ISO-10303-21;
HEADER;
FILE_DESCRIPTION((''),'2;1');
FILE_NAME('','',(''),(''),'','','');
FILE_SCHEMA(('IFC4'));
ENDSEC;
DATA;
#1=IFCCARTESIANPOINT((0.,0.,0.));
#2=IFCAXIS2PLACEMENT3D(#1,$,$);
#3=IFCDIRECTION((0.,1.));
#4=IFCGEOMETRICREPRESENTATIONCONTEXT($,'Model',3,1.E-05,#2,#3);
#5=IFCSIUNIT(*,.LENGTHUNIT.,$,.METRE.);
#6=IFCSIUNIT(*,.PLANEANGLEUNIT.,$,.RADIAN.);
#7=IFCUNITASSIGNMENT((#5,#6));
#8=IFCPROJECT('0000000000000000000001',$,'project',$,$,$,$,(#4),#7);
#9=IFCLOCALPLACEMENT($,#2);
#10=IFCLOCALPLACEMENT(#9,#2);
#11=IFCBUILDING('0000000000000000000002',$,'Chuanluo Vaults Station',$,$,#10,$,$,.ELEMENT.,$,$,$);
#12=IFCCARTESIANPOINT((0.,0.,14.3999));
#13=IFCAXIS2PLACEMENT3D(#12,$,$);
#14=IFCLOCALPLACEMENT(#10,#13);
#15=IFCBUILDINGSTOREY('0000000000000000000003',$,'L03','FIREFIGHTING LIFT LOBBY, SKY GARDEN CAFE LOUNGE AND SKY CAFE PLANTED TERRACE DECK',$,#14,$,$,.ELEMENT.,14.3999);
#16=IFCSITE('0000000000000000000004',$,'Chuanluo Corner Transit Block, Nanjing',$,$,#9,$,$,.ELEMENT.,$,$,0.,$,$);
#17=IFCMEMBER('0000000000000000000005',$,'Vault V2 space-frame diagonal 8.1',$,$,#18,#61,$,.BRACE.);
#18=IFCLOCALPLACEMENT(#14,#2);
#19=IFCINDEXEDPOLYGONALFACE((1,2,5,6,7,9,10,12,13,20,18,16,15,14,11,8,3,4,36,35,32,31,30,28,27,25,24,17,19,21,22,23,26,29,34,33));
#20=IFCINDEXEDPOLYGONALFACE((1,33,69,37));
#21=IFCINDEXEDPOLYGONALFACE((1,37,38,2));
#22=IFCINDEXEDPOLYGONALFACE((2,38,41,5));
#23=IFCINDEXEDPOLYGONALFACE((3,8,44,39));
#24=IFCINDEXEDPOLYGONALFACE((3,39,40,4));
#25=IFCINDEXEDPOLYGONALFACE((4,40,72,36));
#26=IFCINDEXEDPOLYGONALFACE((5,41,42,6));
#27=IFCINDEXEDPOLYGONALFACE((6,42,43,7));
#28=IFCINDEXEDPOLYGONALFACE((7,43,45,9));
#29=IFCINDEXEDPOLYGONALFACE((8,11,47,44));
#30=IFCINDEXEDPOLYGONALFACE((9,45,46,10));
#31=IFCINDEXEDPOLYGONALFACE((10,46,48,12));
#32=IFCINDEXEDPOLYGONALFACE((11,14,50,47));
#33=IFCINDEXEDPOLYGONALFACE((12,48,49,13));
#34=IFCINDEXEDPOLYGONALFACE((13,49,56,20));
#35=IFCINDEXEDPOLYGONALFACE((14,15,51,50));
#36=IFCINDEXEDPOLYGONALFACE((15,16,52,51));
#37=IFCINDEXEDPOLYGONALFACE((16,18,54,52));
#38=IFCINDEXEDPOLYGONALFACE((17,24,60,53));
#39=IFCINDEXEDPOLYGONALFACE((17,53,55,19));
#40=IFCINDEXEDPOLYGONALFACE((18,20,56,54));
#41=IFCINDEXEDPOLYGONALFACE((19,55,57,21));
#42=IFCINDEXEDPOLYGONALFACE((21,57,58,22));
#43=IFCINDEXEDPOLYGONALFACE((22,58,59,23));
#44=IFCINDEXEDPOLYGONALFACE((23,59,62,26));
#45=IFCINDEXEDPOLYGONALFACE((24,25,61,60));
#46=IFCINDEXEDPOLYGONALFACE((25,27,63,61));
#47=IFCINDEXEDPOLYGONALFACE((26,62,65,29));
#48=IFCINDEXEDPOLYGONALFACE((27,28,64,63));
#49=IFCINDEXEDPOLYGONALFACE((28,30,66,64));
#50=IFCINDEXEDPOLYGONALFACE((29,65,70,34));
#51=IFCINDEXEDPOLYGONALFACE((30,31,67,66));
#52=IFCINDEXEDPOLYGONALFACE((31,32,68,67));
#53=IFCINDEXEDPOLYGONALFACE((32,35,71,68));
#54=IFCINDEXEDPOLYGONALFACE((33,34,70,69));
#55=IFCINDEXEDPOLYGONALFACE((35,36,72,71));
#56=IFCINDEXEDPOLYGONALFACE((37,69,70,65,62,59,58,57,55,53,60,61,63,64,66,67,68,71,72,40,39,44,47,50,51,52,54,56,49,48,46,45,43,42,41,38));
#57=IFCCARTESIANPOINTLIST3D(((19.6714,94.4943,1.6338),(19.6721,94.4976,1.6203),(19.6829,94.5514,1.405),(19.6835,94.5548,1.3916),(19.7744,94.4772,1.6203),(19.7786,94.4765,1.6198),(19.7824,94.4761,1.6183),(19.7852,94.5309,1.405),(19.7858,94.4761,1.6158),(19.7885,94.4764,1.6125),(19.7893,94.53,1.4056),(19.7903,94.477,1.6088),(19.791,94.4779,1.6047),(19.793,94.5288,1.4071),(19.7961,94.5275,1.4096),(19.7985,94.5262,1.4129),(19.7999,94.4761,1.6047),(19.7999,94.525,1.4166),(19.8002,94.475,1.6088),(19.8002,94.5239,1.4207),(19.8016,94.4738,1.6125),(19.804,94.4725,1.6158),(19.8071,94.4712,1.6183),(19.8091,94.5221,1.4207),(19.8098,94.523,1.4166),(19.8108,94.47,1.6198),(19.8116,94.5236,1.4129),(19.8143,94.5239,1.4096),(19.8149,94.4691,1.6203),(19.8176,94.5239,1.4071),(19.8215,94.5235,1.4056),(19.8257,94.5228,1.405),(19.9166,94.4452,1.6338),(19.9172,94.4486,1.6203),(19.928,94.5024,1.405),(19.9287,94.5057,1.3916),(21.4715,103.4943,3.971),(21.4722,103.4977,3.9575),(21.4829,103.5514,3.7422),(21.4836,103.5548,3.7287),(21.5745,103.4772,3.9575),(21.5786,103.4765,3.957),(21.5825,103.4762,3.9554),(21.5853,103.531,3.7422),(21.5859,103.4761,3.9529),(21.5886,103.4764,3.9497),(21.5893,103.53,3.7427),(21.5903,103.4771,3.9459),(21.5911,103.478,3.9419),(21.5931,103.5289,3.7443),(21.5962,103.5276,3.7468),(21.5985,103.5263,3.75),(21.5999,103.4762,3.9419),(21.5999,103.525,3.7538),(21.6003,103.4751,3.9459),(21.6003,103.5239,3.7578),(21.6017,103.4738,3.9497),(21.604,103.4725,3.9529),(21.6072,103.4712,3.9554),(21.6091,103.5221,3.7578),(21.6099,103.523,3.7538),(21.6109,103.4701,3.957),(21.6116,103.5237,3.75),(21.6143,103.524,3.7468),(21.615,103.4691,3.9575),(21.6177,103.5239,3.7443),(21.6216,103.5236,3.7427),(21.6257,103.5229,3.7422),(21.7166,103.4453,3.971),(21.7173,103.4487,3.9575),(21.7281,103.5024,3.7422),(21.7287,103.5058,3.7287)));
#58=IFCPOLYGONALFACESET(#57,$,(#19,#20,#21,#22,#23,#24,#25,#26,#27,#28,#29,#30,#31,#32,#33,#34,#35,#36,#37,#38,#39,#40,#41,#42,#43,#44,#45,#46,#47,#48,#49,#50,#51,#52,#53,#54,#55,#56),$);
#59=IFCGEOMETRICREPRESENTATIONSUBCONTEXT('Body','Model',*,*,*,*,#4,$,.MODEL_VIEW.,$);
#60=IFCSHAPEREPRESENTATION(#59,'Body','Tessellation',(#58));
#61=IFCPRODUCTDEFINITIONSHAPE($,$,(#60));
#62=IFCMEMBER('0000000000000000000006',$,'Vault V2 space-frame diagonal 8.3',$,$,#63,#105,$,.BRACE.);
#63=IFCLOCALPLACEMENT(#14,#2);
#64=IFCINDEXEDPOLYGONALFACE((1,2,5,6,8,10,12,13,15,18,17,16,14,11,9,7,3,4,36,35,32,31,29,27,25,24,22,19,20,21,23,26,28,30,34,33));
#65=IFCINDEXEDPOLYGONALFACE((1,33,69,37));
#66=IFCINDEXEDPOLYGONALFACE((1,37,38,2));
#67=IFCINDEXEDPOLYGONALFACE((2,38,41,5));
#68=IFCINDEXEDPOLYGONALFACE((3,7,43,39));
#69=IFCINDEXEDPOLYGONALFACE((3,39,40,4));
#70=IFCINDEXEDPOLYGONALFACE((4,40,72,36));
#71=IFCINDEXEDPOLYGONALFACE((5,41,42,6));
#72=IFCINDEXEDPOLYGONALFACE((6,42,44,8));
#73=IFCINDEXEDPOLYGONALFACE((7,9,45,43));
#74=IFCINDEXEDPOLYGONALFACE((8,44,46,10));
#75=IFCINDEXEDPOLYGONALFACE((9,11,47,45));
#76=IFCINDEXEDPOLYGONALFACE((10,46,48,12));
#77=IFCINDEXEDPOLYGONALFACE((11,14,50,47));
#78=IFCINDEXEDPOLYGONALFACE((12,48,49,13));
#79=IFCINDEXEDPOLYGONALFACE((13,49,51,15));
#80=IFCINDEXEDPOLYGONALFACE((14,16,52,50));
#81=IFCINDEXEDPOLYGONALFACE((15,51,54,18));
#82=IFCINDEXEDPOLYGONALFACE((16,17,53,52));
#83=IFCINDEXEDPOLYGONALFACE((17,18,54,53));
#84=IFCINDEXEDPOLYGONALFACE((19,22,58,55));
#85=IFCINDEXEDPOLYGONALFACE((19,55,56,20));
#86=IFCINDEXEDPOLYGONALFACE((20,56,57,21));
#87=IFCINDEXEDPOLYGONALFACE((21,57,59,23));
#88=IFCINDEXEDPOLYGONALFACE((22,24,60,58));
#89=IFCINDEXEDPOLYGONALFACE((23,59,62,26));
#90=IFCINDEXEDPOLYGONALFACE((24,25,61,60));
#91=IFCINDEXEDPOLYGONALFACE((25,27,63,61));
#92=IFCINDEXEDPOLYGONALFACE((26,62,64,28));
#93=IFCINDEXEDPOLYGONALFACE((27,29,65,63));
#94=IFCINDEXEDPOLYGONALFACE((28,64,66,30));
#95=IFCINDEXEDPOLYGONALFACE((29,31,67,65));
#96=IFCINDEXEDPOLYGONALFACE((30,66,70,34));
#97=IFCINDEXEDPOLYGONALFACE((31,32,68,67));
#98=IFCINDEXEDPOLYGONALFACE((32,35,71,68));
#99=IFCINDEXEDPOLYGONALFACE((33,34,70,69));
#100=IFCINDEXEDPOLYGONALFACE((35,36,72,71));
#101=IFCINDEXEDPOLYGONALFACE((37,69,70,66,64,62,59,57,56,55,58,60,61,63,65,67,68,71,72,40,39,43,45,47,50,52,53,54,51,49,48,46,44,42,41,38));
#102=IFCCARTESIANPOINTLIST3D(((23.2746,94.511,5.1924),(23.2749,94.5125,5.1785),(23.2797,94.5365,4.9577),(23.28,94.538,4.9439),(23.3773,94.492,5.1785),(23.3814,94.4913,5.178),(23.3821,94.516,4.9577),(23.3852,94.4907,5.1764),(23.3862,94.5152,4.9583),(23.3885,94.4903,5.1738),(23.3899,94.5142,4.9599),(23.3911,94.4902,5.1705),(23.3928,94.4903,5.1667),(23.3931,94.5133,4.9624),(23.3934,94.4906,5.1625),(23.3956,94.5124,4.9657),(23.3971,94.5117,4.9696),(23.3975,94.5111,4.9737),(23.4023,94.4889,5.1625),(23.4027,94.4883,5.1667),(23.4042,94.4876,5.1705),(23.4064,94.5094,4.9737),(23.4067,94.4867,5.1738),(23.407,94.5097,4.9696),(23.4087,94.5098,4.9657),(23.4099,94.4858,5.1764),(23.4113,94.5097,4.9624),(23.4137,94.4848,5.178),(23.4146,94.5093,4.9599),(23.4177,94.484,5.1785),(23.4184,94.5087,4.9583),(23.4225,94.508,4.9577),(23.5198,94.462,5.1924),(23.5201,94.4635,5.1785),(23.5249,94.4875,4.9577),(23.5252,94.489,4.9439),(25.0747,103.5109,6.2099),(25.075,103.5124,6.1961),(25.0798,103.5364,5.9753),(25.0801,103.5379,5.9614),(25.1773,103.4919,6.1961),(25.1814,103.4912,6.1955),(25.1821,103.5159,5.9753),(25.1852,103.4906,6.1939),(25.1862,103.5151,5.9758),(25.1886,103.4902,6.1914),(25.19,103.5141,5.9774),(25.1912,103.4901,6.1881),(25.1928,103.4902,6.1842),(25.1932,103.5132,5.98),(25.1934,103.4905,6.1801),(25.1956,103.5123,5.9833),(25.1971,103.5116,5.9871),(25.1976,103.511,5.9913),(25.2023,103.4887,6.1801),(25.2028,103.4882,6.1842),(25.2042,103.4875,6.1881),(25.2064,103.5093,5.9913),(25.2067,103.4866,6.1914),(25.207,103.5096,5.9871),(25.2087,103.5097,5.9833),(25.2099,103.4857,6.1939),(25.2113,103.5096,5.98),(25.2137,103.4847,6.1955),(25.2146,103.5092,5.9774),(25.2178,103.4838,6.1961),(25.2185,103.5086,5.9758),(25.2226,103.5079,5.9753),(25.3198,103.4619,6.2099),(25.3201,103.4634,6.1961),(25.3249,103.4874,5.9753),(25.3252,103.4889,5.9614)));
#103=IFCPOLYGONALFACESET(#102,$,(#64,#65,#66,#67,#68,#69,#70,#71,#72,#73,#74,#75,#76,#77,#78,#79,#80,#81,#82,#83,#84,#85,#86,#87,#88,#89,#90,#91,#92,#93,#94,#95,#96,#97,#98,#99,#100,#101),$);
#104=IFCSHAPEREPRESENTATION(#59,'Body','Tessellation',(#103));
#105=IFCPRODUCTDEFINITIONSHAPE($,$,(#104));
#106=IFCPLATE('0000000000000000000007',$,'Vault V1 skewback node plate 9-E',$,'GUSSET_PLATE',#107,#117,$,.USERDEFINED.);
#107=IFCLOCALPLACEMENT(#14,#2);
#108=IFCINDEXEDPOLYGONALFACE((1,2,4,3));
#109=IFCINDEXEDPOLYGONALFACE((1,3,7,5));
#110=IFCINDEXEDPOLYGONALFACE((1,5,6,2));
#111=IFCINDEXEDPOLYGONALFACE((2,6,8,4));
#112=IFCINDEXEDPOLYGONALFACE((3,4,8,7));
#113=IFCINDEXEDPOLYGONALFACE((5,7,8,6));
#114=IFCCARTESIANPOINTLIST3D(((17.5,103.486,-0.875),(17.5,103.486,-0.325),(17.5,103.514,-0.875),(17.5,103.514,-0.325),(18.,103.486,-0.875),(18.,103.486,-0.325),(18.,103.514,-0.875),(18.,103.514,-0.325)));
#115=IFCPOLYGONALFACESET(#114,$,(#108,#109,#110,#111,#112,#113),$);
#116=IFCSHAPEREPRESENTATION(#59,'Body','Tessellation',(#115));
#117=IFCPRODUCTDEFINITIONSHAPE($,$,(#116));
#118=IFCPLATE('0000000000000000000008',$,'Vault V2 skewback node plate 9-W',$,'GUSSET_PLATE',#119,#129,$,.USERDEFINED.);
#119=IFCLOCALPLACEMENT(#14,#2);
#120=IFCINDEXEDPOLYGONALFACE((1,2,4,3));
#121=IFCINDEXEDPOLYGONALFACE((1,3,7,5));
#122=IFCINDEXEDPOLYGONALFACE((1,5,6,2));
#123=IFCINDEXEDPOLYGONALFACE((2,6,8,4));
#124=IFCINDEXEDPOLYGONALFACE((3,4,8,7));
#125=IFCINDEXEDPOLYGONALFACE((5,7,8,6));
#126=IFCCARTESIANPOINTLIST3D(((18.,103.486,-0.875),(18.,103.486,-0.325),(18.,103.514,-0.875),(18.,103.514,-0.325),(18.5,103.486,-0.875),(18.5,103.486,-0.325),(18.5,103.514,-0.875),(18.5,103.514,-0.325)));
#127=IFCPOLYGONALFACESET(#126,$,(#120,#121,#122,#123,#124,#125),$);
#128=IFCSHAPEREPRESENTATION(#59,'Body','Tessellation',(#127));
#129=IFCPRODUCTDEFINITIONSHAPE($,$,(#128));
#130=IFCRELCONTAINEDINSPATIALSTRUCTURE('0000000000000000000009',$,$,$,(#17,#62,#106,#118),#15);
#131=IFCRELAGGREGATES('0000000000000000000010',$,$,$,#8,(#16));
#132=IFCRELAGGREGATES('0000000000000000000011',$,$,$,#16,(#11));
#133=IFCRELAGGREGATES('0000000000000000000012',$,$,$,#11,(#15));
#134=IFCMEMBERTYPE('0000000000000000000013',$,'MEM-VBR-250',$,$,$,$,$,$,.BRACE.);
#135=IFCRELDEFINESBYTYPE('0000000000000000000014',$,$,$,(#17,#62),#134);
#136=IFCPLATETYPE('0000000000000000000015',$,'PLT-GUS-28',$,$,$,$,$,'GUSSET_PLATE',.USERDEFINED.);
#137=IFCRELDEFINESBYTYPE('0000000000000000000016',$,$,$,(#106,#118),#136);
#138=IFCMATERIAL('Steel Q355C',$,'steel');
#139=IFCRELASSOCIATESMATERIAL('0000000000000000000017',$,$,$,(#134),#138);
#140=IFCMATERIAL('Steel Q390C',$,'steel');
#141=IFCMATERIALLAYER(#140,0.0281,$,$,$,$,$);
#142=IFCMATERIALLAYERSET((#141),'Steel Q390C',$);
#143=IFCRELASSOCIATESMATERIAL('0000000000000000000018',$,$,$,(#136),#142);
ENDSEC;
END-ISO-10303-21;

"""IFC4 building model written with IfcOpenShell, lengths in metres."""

from ifc_helpers import new_model, si_unit, direction, frame, origin, origin_2d, place, context, subcontext, project, spatial, rectangle, i_section, extrude, material, layer, layer_set, material_profile, profile_set, type_object, element, save


model = new_model("IFC4")

# Units and contexts
model_context = context("Model", 3, precision=1e-05, world=origin(), true_north=direction((0.0, 1.0)))
body_context = subcontext(model_context, "Body", "Model", "MODEL_VIEW")
ifc_project = project(units=[si_unit("LENGTHUNIT", "METRE"), si_unit("PLANEANGLEUNIT", "RADIAN")], contexts=[model_context])

# Site, building, storey
site_placement = place(None, origin())
site = spatial("IfcSite", under=ifc_project, at=site_placement, Name="Chuanluo Corner Transit Block, Nanjing", CompositionType="ELEMENT", RefElevation=0.0)
building_placement = place(site_placement, origin())
building = spatial("IfcBuilding", under=site, at=building_placement, Name="Chuanluo Vaults Station", CompositionType="ELEMENT")
storey_placement = place(building_placement, frame((0.0, 0.0, 14.3999)))
storey = spatial("IfcBuildingStorey", under=building, at=storey_placement, Name="L03", Description="FIREFIGHTING LIFT LOBBY, SKY GARDEN CAFE LOUNGE AND SKY CAFE PLANTED TERRACE DECK", CompositionType="ELEMENT", Elevation=14.3999)

# Members
ifc_material_1 = material(Name="Steel Q355C", Category="steel")
ifc_material_profile_1 = material_profile(ifc_material_1, i_section(OverallWidth=0.25, OverallDepth=0.25, WebThickness=0.009, FlangeThickness=0.0139, FilletRadius=0.0161, at=origin_2d()))
ifc_profile_set_1 = profile_set([ifc_material_profile_1], Name="Steel Q355C")
member_type_1 = type_object("IfcMemberType", Name="MEM-VBR-250", PredefinedType="BRACE", material=ifc_profile_set_1)
member_1_placement = place(storey_placement, frame((19.8, 94.5, 1.5127), z_axis=(0.190056, 0.950255, 0.246766), x_axis=(-0.98058, 0.196121, 0.0)))
element("IfcMember", 1, at=member_1_placement, inside=storey, type_object=member_type_1, Name="Vault V2 space-frame diagonal 8.1", PredefinedType="BRACE", context=body_context, shape_type="SweptSolid", body=[
    extrude(i_section(OverallWidth=0.25, OverallDepth=0.25, WebThickness=0.009, FlangeThickness=0.0139, FilletRadius=0.0161, at=origin_2d()), origin(), (0.0, 0.0, 1.0), 9.4712),
])
member_2_placement = place(storey_placement, frame((23.3999, 94.5, 5.0681), z_axis=(0.194927, 0.974608, 0.110193), x_axis=(-0.98058, 0.196121, 0.0)))
element("IfcMember", 2, at=member_2_placement, inside=storey, type_object=member_type_1, Name="Vault V2 space-frame diagonal 8.3", PredefinedType="BRACE", context=body_context, shape_type="SweptSolid", body=[
    extrude(i_section(OverallWidth=0.25, OverallDepth=0.25, WebThickness=0.009, FlangeThickness=0.0139, FilletRadius=0.0161, at=origin_2d()), origin(), (0.0, 0.0, 1.0), 9.2344),
])

# Plates
ifc_material_2 = material(Name="Steel Q390C", Category="steel")
ifc_layer = layer(ifc_material_2, 0.0281)
ifc_layer_set = layer_set([ifc_layer], Name="Steel Q390C")
plate_type = type_object("IfcPlateType", Name="PLT-GUS-28", ElementType="GUSSET_PLATE", PredefinedType="USERDEFINED", material=ifc_layer_set)
for number, where, z_axis, x_axis, name in (
    (3, (17.75, 103.5, -0.875), (0.0, 0.0, 1.0), (1.0, 0.0, 0.0), "Vault V1 skewback node plate 9-E"),
    (4, (18.25, 103.5, -0.875), (0.0, 0.0, 1.0), (1.0, 0.0, 0.0), "Vault V2 skewback node plate 9-W"),
):
    element("IfcPlate", number, at=place(storey_placement, frame(where, z_axis=z_axis, x_axis=x_axis)), inside=storey, type_object=plate_type, Name=name, ObjectType="GUSSET_PLATE", PredefinedType="USERDEFINED", context=body_context, shape_type="SweptSolid", body=[
        extrude(rectangle(XDim=0.5, YDim=0.0281, at=origin_2d()), origin(), (0.0, 0.0, 1.0), 0.55),
    ])

save(model, "model.ifc")
